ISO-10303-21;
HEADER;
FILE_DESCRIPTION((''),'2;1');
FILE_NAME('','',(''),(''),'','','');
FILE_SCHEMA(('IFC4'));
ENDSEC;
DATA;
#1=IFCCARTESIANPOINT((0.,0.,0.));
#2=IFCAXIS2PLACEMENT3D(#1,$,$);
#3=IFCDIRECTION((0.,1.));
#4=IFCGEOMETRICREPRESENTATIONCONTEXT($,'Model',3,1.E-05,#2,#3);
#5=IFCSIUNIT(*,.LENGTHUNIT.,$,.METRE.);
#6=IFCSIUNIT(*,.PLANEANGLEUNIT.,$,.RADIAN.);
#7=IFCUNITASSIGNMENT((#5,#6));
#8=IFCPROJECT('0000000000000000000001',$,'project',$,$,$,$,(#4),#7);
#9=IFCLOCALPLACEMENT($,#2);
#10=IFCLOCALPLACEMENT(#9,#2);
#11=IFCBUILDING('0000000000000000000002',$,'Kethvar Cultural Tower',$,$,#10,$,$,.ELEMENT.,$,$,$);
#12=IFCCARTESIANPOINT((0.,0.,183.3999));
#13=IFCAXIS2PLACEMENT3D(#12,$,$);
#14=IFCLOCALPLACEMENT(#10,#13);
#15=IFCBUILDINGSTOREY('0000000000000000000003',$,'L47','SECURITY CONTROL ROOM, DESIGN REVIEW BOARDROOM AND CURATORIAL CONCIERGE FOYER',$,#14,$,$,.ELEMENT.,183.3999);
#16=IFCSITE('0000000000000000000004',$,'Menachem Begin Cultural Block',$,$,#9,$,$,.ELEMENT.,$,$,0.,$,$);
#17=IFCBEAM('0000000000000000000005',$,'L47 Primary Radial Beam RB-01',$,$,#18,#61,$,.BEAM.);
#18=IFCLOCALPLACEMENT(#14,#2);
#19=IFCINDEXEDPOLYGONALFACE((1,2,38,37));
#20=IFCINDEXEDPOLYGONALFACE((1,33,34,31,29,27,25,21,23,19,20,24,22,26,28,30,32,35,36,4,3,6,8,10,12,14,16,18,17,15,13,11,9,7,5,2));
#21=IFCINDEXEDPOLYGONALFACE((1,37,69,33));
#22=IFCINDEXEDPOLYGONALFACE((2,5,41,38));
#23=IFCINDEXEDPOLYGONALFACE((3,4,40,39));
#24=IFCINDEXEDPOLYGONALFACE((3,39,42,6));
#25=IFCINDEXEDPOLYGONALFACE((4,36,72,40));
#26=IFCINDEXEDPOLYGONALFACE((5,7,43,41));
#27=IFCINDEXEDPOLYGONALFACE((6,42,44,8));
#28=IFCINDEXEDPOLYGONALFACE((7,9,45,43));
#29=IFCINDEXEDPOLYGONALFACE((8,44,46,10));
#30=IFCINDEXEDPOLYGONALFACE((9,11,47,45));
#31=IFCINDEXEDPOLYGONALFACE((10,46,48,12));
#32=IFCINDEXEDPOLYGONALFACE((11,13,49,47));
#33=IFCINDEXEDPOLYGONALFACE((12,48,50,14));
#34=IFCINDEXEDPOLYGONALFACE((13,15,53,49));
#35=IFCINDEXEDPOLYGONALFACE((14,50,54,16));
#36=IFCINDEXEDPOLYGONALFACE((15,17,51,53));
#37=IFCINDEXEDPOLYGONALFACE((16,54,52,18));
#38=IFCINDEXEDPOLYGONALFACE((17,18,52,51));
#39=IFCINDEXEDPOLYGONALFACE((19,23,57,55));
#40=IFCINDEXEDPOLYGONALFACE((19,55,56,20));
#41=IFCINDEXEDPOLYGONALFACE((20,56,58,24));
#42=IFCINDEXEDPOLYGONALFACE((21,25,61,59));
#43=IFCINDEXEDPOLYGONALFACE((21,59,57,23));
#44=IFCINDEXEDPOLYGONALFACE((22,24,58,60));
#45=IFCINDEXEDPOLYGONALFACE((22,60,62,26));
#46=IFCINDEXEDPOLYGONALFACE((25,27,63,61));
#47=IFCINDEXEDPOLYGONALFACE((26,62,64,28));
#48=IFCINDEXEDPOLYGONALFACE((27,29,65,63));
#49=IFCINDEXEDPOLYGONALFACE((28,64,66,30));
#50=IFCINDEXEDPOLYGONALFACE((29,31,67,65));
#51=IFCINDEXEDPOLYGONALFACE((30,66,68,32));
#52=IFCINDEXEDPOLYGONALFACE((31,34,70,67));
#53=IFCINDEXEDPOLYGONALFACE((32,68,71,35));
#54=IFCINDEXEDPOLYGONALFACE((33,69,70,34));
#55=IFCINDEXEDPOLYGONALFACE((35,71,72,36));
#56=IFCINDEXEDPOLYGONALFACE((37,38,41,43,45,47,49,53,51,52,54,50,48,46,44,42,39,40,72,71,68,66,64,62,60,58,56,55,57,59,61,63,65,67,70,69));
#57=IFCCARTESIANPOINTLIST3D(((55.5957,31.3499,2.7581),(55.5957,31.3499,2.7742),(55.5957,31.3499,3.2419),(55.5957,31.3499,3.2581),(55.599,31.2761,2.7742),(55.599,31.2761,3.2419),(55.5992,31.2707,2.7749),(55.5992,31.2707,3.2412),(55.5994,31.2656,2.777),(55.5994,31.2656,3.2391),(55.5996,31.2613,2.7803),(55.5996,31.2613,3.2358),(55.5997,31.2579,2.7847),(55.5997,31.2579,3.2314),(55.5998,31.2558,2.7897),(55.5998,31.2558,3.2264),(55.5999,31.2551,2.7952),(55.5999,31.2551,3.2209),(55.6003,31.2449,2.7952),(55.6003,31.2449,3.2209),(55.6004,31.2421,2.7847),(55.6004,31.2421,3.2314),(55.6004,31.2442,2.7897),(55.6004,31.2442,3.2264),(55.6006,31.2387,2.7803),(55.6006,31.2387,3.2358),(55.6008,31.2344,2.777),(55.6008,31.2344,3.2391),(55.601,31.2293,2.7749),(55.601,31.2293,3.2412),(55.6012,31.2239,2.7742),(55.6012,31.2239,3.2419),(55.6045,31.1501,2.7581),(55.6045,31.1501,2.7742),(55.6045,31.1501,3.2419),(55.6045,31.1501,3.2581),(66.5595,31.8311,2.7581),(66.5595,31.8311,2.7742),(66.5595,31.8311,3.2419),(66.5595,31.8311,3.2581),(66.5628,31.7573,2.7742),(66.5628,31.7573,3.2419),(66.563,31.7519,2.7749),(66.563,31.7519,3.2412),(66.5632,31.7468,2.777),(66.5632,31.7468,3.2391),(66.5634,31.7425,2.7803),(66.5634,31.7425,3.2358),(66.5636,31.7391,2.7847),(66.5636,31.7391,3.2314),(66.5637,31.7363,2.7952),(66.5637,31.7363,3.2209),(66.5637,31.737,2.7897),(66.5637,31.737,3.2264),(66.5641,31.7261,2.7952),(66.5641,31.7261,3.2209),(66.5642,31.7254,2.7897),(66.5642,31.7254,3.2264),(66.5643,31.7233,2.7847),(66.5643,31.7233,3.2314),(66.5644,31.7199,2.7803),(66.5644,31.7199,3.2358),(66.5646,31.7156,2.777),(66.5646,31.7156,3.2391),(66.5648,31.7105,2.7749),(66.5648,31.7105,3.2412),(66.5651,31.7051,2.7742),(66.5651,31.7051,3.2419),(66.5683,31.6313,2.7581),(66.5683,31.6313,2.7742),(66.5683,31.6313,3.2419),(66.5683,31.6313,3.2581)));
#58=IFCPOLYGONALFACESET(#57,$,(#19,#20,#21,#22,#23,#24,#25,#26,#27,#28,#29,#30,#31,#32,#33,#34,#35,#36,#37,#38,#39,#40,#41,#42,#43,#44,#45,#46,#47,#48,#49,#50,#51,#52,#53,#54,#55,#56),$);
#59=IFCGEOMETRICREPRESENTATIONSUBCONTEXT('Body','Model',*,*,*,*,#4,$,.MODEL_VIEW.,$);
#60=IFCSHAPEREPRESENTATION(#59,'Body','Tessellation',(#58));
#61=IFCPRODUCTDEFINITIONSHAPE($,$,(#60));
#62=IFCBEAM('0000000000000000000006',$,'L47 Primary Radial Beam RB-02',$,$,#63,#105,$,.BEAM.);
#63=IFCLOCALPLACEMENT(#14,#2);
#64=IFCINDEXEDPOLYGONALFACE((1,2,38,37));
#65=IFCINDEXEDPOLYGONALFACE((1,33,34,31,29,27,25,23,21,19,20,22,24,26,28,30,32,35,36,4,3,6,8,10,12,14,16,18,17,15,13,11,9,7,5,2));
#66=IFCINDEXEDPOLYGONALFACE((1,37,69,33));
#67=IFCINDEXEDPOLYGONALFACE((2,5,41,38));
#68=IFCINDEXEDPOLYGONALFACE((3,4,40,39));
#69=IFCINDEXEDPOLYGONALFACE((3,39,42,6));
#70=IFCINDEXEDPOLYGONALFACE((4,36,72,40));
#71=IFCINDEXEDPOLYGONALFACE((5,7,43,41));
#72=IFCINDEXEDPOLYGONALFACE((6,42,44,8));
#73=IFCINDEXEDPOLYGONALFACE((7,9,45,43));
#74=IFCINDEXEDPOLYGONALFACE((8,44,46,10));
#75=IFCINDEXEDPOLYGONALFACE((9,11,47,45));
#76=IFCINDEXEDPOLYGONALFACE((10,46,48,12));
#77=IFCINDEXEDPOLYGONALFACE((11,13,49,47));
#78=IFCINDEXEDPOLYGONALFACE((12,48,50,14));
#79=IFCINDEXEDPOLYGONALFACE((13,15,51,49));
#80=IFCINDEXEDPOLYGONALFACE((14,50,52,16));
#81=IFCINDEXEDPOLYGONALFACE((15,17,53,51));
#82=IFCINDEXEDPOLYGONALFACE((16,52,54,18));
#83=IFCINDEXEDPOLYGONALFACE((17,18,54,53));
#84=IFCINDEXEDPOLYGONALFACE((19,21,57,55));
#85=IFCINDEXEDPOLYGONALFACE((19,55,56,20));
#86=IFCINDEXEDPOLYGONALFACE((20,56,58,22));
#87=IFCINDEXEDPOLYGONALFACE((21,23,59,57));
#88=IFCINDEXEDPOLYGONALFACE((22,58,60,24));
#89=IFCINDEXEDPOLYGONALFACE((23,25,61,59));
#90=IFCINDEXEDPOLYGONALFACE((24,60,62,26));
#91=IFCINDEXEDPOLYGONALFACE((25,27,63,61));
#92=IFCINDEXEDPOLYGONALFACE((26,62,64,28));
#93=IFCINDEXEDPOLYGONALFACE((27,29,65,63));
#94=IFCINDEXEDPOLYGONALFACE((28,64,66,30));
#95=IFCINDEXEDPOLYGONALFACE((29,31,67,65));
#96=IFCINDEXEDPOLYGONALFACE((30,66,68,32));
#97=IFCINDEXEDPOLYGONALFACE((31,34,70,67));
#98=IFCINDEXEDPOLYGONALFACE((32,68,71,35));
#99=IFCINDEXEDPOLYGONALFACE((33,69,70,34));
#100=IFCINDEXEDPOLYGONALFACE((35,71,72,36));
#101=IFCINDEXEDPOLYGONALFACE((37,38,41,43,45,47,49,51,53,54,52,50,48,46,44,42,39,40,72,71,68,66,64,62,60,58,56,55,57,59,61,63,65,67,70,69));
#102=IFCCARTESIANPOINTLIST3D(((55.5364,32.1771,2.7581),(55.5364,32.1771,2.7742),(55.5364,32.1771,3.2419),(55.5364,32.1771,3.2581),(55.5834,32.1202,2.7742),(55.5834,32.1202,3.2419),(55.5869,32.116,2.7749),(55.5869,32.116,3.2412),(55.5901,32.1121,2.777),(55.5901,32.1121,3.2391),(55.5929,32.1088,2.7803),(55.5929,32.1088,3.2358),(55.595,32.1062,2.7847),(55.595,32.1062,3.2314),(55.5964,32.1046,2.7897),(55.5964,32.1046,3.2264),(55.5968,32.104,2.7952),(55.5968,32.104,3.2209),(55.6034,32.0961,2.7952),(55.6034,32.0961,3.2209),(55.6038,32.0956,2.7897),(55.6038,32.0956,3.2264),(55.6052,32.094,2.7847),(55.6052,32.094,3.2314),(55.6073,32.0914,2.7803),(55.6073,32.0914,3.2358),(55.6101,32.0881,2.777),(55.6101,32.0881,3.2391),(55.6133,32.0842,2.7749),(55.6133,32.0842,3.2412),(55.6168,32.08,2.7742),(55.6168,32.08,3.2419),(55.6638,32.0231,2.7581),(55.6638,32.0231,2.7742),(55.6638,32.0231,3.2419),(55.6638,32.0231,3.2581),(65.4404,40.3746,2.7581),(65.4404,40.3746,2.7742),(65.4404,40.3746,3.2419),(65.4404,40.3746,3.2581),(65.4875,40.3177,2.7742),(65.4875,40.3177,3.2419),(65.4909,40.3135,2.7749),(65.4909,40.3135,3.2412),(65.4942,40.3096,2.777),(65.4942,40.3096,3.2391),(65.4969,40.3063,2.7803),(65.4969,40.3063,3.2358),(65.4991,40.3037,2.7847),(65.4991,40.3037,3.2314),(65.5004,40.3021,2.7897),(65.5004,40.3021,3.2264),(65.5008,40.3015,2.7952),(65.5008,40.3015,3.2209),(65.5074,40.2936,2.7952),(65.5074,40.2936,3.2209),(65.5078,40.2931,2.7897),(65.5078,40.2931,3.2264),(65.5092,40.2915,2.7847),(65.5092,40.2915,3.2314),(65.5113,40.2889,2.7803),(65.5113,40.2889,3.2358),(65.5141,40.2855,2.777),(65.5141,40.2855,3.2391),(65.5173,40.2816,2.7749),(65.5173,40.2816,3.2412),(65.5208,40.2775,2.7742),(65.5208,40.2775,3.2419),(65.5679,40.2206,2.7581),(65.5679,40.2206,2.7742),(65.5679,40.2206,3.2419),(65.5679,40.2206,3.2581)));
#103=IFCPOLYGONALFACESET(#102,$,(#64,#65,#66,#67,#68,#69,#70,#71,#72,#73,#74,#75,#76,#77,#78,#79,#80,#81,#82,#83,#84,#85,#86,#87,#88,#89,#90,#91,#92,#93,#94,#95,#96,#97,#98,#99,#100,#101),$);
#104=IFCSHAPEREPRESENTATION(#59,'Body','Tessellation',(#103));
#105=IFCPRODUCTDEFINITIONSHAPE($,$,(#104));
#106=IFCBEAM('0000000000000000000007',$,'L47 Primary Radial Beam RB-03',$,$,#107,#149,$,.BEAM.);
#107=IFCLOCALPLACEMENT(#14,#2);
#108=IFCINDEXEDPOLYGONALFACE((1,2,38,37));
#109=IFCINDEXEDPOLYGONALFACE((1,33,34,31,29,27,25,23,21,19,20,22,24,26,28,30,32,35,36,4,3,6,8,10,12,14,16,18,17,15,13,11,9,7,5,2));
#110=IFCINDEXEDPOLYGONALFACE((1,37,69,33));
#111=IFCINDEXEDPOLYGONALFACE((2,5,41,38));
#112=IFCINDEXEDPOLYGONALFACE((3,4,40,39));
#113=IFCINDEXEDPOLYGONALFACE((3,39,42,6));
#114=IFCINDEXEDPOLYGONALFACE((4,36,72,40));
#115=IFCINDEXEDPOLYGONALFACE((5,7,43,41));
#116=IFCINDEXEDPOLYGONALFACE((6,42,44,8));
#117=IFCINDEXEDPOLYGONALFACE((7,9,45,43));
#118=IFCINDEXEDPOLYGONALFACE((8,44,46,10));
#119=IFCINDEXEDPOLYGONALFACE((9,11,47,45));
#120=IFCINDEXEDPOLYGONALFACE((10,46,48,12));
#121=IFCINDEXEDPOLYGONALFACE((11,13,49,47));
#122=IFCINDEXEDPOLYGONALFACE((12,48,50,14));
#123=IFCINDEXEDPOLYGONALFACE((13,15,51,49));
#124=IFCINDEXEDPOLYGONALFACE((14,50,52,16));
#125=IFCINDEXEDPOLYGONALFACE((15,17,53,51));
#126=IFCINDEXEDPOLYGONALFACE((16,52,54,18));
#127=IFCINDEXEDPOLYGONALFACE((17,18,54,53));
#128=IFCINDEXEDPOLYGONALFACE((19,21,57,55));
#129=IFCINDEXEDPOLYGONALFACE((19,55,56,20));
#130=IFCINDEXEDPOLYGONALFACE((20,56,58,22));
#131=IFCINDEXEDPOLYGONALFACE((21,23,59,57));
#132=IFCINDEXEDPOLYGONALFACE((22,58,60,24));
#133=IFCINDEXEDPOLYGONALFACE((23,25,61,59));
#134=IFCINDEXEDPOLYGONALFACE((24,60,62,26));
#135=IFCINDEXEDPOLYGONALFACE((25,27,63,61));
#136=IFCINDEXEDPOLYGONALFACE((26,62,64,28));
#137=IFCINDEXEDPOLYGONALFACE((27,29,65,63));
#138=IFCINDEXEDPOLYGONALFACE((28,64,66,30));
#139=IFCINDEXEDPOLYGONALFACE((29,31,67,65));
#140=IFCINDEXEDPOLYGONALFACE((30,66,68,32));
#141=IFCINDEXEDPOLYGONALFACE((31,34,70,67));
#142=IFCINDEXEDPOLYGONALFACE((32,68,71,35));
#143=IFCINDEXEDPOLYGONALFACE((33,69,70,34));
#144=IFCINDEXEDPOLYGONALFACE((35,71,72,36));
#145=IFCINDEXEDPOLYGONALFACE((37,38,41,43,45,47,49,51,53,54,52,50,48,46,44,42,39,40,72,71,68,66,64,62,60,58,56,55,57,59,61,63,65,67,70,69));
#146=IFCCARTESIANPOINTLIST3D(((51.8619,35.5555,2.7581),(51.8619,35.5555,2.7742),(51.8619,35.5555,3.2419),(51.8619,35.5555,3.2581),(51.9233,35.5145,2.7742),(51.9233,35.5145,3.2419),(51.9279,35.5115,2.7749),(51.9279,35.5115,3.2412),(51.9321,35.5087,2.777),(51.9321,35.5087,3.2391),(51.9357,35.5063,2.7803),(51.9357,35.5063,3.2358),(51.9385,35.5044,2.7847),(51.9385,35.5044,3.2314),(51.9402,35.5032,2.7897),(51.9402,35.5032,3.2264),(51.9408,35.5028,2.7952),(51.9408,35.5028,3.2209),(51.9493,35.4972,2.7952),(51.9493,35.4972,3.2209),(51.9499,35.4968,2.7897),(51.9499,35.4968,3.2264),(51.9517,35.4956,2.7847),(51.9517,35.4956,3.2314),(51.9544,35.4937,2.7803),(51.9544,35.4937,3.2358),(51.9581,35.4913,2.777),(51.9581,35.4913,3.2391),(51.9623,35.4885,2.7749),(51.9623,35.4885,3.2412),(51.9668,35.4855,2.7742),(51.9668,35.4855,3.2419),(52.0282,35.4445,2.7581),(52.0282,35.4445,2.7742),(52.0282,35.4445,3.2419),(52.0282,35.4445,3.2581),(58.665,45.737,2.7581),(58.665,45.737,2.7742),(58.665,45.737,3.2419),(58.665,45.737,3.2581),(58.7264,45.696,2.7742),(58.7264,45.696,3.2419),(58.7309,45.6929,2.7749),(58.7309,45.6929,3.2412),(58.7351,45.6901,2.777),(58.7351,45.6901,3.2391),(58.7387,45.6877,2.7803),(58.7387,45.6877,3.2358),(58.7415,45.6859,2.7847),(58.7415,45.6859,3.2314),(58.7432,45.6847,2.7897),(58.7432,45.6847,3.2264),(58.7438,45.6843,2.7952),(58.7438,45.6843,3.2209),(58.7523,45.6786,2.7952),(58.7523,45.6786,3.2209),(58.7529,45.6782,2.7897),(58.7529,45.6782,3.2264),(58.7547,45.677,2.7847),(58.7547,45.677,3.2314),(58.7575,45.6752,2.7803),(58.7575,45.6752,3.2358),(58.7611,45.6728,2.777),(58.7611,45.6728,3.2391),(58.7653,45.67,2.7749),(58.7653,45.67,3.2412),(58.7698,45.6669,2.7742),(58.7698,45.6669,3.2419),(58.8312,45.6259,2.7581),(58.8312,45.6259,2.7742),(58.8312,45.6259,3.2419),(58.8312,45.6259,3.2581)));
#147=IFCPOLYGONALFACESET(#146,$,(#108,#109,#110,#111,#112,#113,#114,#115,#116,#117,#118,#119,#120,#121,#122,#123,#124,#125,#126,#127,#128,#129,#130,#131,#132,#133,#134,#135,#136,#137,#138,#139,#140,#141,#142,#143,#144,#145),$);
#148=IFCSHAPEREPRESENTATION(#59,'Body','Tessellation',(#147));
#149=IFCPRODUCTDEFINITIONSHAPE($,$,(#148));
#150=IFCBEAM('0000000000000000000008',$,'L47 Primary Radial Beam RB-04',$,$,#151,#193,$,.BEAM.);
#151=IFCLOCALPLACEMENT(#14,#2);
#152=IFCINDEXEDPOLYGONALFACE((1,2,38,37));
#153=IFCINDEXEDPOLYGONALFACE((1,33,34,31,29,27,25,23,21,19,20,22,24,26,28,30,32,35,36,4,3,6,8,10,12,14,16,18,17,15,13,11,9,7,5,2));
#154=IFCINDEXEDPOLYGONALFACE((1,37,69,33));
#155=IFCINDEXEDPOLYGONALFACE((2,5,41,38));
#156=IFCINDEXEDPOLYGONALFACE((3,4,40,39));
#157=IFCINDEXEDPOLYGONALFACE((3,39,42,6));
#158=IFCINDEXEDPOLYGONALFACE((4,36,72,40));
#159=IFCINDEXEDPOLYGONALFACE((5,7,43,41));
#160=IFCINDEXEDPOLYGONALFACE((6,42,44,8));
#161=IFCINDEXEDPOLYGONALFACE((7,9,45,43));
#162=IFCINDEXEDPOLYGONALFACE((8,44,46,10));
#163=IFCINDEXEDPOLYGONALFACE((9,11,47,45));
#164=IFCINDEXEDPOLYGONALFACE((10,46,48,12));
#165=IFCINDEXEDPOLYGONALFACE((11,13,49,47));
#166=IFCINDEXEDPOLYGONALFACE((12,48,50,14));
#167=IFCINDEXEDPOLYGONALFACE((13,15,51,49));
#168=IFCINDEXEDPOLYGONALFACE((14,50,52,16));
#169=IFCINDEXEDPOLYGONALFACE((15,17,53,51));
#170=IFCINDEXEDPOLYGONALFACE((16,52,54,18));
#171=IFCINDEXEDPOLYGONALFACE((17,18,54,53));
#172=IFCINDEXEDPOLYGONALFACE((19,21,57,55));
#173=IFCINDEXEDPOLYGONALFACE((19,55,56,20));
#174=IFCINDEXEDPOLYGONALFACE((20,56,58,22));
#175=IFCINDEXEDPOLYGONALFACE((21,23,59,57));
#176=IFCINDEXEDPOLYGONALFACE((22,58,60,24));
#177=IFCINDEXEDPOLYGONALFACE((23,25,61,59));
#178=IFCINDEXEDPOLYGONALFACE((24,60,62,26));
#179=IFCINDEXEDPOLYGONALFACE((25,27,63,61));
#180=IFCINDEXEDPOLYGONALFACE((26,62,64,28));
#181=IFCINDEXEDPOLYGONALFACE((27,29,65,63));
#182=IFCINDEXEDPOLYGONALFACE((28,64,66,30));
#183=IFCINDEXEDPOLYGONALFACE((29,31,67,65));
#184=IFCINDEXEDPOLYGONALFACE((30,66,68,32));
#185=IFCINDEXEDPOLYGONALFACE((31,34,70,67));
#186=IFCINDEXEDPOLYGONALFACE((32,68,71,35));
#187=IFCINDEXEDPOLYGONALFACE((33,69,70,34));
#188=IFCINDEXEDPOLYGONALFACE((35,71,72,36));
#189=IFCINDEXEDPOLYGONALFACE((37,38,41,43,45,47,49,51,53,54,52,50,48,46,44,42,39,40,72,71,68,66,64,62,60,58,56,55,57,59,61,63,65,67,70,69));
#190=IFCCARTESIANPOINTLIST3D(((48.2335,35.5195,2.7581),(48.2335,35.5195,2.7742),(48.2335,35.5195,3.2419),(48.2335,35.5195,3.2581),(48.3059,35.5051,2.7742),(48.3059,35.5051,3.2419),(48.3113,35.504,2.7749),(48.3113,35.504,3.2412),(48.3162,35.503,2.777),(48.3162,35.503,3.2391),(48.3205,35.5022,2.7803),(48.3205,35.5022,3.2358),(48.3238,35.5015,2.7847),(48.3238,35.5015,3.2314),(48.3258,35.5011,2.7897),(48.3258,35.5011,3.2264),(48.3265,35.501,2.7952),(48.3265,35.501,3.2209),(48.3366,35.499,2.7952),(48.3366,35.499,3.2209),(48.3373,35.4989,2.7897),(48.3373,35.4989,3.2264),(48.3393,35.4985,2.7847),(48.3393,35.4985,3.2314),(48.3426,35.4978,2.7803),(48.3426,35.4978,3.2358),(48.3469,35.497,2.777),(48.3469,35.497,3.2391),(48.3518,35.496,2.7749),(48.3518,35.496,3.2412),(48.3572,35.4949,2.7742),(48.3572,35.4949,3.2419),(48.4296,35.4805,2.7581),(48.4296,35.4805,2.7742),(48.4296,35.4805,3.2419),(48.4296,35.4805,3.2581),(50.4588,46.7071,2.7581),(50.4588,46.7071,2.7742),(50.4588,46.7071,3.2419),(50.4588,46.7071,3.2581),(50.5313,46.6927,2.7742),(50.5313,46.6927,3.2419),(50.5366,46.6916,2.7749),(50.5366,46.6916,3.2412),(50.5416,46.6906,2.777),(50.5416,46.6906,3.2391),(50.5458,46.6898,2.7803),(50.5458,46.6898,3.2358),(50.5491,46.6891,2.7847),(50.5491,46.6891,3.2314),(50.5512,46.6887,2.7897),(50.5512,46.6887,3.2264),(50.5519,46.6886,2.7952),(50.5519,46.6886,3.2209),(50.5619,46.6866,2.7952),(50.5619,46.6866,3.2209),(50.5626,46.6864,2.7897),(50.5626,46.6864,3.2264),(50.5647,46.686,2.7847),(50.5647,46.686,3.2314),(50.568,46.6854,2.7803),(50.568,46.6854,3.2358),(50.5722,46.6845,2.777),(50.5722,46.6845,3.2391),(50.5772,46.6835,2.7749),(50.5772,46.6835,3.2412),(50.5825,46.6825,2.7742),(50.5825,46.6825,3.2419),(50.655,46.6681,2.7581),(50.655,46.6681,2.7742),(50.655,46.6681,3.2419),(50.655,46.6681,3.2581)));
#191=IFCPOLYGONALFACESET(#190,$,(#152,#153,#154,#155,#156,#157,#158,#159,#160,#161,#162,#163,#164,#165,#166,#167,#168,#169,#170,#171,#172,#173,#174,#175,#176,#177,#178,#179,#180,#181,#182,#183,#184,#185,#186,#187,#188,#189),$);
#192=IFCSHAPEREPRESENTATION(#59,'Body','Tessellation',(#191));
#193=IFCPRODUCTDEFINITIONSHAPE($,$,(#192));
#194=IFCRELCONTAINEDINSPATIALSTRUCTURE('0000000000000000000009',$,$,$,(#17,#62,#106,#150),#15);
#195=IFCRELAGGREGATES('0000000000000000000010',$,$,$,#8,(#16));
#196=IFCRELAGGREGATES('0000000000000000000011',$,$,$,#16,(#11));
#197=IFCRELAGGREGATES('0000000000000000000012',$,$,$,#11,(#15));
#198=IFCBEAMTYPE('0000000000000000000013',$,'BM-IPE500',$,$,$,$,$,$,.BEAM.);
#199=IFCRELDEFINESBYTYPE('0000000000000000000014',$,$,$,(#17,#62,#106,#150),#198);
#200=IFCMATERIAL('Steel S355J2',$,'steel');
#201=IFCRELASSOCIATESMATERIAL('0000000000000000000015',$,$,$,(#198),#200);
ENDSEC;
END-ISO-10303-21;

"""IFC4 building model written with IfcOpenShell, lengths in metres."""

from ifc_helpers import new_model, si_unit, direction, frame, origin, origin_2d, place, context, subcontext, project, spatial, i_section, extrude, source, transform, mapped, material, material_profile, profile_set, type_object, element, save


model = new_model("IFC4")

# Units and contexts
model_context = context("Model", 3, precision=1e-05, world=origin(), true_north=direction((0.0, 1.0)))
body_context = subcontext(model_context, "Body", "Model", "MODEL_VIEW")
ifc_project = project(units=[si_unit("LENGTHUNIT", "METRE"), si_unit("PLANEANGLEUNIT", "RADIAN")], contexts=[model_context])

# Site, building, storey
site_placement = place(None, origin())
site = spatial("IfcSite", under=ifc_project, at=site_placement, Name="Menachem Begin Cultural Block", CompositionType="ELEMENT", RefElevation=0.0)
building_placement = place(site_placement, origin())
building = spatial("IfcBuilding", under=site, at=building_placement, Name="Kethvar Cultural Tower", CompositionType="ELEMENT")
storey_placement = place(building_placement, frame((0.0, 0.0, 183.3999)))
storey = spatial("IfcBuildingStorey", under=building, at=storey_placement, Name="L47", Description="SECURITY CONTROL ROOM, DESIGN REVIEW BOARDROOM AND CURATORIAL CONCIERGE FOYER", CompositionType="ELEMENT", Elevation=183.3999)

# Beams
ifc_material_1 = material(Name="Steel S355J2", Category="steel")
ifc_material_profile_1 = material_profile(ifc_material_1, i_section(OverallWidth=0.2, OverallDepth=0.5, WebThickness=0.0103, FlangeThickness=0.0161, FilletRadius=0.021, at=origin_2d()), Name="Steel S355J2 — IPE500")
ifc_profile_set_1 = profile_set([ifc_material_profile_1], Name="Steel S355J2 — IPE500")
beam_type_1 = type_object("IfcBeamType", Name="BM-IPE500", PredefinedType="BEAM", material=ifc_profile_set_1)
shared_shape_1 = source(origin(), body_context, "Body", "SweptSolid", [
    extrude(i_section(OverallWidth=0.2, OverallDepth=0.5, WebThickness=0.0103, FlangeThickness=0.0161, FilletRadius=0.021, at=origin_2d()), origin(), (0.0, 0.0, 1.0), 10.9744),
])
beam_1_placement = place(storey_placement, frame((55.6001, 31.25, 3.0081), z_axis=(0.999038, 0.043848, 0.0), x_axis=(-0.043848, 0.999038, 0.0)))
element("IfcBeam", 1, at=beam_1_placement, inside=storey, type_object=beam_type_1, Name="L47 Primary Radial Beam RB-01", PredefinedType="BEAM", context=body_context, shape_type="MappedRepresentation", body=[
    mapped(shared_shape_1, transform((0.0, 0.0, 0.0), scale=1.0)),
])
shared_shape_2 = source(origin(), body_context, "Body", "SweptSolid", [
    extrude(i_section(OverallWidth=0.2, OverallDepth=0.5, WebThickness=0.0103, FlangeThickness=0.0161, FilletRadius=0.021, at=origin_2d()), origin(), (0.0, 0.0, 1.0), 12.8564),
])
beam_2_placement = place(storey_placement, frame((55.6001, 32.1001, 3.0081), z_axis=(0.770354, 0.637616, 0.0), x_axis=(-0.637616, 0.770354, 0.0)))
element("IfcBeam", 2, at=beam_2_placement, inside=storey, type_object=beam_type_1, Name="L47 Primary Radial Beam RB-02", PredefinedType="BEAM", context=body_context, shape_type="MappedRepresentation", body=[
    mapped(shared_shape_2, transform((0.0, 0.0, 0.0), scale=1.0)),
])
shared_shape_3 = source(origin(), body_context, "Body", "SweptSolid", [
    extrude(i_section(OverallWidth=0.2, OverallDepth=0.5, WebThickness=0.0103, FlangeThickness=0.0161, FilletRadius=0.021, at=origin_2d()), origin(), (0.0, 0.0, 1.0), 12.2451),
])
beam_3_placement = place(storey_placement, frame((51.9451, 35.5, 3.0081), z_axis=(0.555569, 0.83147, 0.0), x_axis=(-0.83147, 0.555569, 0.0)))
element("IfcBeam", 3, at=beam_3_placement, inside=storey, type_object=beam_type_1, Name="L47 Primary Radial Beam RB-03", PredefinedType="BEAM", context=body_context, shape_type="MappedRepresentation", body=[
    mapped(shared_shape_3, transform((0.0, 0.0, 0.0), scale=1.0)),
])
shared_shape_4 = source(origin(), body_context, "Body", "SweptSolid", [
    extrude(i_section(OverallWidth=0.2, OverallDepth=0.5, WebThickness=0.0103, FlangeThickness=0.0161, FilletRadius=0.021, at=origin_2d()), origin(), (0.0, 0.0, 1.0), 11.4067),
])
beam_4_placement = place(storey_placement, frame((48.3315, 35.5, 3.0081), z_axis=(0.195091, 0.980785, 0.0), x_axis=(-0.980785, 0.195091, 0.0)))
element("IfcBeam", 4, at=beam_4_placement, inside=storey, type_object=beam_type_1, Name="L47 Primary Radial Beam RB-04", PredefinedType="BEAM", context=body_context, shape_type="MappedRepresentation", body=[
    mapped(shared_shape_4, transform((0.0, 0.0, 0.0), scale=1.0)),
])

save(model, "model.ifc")
